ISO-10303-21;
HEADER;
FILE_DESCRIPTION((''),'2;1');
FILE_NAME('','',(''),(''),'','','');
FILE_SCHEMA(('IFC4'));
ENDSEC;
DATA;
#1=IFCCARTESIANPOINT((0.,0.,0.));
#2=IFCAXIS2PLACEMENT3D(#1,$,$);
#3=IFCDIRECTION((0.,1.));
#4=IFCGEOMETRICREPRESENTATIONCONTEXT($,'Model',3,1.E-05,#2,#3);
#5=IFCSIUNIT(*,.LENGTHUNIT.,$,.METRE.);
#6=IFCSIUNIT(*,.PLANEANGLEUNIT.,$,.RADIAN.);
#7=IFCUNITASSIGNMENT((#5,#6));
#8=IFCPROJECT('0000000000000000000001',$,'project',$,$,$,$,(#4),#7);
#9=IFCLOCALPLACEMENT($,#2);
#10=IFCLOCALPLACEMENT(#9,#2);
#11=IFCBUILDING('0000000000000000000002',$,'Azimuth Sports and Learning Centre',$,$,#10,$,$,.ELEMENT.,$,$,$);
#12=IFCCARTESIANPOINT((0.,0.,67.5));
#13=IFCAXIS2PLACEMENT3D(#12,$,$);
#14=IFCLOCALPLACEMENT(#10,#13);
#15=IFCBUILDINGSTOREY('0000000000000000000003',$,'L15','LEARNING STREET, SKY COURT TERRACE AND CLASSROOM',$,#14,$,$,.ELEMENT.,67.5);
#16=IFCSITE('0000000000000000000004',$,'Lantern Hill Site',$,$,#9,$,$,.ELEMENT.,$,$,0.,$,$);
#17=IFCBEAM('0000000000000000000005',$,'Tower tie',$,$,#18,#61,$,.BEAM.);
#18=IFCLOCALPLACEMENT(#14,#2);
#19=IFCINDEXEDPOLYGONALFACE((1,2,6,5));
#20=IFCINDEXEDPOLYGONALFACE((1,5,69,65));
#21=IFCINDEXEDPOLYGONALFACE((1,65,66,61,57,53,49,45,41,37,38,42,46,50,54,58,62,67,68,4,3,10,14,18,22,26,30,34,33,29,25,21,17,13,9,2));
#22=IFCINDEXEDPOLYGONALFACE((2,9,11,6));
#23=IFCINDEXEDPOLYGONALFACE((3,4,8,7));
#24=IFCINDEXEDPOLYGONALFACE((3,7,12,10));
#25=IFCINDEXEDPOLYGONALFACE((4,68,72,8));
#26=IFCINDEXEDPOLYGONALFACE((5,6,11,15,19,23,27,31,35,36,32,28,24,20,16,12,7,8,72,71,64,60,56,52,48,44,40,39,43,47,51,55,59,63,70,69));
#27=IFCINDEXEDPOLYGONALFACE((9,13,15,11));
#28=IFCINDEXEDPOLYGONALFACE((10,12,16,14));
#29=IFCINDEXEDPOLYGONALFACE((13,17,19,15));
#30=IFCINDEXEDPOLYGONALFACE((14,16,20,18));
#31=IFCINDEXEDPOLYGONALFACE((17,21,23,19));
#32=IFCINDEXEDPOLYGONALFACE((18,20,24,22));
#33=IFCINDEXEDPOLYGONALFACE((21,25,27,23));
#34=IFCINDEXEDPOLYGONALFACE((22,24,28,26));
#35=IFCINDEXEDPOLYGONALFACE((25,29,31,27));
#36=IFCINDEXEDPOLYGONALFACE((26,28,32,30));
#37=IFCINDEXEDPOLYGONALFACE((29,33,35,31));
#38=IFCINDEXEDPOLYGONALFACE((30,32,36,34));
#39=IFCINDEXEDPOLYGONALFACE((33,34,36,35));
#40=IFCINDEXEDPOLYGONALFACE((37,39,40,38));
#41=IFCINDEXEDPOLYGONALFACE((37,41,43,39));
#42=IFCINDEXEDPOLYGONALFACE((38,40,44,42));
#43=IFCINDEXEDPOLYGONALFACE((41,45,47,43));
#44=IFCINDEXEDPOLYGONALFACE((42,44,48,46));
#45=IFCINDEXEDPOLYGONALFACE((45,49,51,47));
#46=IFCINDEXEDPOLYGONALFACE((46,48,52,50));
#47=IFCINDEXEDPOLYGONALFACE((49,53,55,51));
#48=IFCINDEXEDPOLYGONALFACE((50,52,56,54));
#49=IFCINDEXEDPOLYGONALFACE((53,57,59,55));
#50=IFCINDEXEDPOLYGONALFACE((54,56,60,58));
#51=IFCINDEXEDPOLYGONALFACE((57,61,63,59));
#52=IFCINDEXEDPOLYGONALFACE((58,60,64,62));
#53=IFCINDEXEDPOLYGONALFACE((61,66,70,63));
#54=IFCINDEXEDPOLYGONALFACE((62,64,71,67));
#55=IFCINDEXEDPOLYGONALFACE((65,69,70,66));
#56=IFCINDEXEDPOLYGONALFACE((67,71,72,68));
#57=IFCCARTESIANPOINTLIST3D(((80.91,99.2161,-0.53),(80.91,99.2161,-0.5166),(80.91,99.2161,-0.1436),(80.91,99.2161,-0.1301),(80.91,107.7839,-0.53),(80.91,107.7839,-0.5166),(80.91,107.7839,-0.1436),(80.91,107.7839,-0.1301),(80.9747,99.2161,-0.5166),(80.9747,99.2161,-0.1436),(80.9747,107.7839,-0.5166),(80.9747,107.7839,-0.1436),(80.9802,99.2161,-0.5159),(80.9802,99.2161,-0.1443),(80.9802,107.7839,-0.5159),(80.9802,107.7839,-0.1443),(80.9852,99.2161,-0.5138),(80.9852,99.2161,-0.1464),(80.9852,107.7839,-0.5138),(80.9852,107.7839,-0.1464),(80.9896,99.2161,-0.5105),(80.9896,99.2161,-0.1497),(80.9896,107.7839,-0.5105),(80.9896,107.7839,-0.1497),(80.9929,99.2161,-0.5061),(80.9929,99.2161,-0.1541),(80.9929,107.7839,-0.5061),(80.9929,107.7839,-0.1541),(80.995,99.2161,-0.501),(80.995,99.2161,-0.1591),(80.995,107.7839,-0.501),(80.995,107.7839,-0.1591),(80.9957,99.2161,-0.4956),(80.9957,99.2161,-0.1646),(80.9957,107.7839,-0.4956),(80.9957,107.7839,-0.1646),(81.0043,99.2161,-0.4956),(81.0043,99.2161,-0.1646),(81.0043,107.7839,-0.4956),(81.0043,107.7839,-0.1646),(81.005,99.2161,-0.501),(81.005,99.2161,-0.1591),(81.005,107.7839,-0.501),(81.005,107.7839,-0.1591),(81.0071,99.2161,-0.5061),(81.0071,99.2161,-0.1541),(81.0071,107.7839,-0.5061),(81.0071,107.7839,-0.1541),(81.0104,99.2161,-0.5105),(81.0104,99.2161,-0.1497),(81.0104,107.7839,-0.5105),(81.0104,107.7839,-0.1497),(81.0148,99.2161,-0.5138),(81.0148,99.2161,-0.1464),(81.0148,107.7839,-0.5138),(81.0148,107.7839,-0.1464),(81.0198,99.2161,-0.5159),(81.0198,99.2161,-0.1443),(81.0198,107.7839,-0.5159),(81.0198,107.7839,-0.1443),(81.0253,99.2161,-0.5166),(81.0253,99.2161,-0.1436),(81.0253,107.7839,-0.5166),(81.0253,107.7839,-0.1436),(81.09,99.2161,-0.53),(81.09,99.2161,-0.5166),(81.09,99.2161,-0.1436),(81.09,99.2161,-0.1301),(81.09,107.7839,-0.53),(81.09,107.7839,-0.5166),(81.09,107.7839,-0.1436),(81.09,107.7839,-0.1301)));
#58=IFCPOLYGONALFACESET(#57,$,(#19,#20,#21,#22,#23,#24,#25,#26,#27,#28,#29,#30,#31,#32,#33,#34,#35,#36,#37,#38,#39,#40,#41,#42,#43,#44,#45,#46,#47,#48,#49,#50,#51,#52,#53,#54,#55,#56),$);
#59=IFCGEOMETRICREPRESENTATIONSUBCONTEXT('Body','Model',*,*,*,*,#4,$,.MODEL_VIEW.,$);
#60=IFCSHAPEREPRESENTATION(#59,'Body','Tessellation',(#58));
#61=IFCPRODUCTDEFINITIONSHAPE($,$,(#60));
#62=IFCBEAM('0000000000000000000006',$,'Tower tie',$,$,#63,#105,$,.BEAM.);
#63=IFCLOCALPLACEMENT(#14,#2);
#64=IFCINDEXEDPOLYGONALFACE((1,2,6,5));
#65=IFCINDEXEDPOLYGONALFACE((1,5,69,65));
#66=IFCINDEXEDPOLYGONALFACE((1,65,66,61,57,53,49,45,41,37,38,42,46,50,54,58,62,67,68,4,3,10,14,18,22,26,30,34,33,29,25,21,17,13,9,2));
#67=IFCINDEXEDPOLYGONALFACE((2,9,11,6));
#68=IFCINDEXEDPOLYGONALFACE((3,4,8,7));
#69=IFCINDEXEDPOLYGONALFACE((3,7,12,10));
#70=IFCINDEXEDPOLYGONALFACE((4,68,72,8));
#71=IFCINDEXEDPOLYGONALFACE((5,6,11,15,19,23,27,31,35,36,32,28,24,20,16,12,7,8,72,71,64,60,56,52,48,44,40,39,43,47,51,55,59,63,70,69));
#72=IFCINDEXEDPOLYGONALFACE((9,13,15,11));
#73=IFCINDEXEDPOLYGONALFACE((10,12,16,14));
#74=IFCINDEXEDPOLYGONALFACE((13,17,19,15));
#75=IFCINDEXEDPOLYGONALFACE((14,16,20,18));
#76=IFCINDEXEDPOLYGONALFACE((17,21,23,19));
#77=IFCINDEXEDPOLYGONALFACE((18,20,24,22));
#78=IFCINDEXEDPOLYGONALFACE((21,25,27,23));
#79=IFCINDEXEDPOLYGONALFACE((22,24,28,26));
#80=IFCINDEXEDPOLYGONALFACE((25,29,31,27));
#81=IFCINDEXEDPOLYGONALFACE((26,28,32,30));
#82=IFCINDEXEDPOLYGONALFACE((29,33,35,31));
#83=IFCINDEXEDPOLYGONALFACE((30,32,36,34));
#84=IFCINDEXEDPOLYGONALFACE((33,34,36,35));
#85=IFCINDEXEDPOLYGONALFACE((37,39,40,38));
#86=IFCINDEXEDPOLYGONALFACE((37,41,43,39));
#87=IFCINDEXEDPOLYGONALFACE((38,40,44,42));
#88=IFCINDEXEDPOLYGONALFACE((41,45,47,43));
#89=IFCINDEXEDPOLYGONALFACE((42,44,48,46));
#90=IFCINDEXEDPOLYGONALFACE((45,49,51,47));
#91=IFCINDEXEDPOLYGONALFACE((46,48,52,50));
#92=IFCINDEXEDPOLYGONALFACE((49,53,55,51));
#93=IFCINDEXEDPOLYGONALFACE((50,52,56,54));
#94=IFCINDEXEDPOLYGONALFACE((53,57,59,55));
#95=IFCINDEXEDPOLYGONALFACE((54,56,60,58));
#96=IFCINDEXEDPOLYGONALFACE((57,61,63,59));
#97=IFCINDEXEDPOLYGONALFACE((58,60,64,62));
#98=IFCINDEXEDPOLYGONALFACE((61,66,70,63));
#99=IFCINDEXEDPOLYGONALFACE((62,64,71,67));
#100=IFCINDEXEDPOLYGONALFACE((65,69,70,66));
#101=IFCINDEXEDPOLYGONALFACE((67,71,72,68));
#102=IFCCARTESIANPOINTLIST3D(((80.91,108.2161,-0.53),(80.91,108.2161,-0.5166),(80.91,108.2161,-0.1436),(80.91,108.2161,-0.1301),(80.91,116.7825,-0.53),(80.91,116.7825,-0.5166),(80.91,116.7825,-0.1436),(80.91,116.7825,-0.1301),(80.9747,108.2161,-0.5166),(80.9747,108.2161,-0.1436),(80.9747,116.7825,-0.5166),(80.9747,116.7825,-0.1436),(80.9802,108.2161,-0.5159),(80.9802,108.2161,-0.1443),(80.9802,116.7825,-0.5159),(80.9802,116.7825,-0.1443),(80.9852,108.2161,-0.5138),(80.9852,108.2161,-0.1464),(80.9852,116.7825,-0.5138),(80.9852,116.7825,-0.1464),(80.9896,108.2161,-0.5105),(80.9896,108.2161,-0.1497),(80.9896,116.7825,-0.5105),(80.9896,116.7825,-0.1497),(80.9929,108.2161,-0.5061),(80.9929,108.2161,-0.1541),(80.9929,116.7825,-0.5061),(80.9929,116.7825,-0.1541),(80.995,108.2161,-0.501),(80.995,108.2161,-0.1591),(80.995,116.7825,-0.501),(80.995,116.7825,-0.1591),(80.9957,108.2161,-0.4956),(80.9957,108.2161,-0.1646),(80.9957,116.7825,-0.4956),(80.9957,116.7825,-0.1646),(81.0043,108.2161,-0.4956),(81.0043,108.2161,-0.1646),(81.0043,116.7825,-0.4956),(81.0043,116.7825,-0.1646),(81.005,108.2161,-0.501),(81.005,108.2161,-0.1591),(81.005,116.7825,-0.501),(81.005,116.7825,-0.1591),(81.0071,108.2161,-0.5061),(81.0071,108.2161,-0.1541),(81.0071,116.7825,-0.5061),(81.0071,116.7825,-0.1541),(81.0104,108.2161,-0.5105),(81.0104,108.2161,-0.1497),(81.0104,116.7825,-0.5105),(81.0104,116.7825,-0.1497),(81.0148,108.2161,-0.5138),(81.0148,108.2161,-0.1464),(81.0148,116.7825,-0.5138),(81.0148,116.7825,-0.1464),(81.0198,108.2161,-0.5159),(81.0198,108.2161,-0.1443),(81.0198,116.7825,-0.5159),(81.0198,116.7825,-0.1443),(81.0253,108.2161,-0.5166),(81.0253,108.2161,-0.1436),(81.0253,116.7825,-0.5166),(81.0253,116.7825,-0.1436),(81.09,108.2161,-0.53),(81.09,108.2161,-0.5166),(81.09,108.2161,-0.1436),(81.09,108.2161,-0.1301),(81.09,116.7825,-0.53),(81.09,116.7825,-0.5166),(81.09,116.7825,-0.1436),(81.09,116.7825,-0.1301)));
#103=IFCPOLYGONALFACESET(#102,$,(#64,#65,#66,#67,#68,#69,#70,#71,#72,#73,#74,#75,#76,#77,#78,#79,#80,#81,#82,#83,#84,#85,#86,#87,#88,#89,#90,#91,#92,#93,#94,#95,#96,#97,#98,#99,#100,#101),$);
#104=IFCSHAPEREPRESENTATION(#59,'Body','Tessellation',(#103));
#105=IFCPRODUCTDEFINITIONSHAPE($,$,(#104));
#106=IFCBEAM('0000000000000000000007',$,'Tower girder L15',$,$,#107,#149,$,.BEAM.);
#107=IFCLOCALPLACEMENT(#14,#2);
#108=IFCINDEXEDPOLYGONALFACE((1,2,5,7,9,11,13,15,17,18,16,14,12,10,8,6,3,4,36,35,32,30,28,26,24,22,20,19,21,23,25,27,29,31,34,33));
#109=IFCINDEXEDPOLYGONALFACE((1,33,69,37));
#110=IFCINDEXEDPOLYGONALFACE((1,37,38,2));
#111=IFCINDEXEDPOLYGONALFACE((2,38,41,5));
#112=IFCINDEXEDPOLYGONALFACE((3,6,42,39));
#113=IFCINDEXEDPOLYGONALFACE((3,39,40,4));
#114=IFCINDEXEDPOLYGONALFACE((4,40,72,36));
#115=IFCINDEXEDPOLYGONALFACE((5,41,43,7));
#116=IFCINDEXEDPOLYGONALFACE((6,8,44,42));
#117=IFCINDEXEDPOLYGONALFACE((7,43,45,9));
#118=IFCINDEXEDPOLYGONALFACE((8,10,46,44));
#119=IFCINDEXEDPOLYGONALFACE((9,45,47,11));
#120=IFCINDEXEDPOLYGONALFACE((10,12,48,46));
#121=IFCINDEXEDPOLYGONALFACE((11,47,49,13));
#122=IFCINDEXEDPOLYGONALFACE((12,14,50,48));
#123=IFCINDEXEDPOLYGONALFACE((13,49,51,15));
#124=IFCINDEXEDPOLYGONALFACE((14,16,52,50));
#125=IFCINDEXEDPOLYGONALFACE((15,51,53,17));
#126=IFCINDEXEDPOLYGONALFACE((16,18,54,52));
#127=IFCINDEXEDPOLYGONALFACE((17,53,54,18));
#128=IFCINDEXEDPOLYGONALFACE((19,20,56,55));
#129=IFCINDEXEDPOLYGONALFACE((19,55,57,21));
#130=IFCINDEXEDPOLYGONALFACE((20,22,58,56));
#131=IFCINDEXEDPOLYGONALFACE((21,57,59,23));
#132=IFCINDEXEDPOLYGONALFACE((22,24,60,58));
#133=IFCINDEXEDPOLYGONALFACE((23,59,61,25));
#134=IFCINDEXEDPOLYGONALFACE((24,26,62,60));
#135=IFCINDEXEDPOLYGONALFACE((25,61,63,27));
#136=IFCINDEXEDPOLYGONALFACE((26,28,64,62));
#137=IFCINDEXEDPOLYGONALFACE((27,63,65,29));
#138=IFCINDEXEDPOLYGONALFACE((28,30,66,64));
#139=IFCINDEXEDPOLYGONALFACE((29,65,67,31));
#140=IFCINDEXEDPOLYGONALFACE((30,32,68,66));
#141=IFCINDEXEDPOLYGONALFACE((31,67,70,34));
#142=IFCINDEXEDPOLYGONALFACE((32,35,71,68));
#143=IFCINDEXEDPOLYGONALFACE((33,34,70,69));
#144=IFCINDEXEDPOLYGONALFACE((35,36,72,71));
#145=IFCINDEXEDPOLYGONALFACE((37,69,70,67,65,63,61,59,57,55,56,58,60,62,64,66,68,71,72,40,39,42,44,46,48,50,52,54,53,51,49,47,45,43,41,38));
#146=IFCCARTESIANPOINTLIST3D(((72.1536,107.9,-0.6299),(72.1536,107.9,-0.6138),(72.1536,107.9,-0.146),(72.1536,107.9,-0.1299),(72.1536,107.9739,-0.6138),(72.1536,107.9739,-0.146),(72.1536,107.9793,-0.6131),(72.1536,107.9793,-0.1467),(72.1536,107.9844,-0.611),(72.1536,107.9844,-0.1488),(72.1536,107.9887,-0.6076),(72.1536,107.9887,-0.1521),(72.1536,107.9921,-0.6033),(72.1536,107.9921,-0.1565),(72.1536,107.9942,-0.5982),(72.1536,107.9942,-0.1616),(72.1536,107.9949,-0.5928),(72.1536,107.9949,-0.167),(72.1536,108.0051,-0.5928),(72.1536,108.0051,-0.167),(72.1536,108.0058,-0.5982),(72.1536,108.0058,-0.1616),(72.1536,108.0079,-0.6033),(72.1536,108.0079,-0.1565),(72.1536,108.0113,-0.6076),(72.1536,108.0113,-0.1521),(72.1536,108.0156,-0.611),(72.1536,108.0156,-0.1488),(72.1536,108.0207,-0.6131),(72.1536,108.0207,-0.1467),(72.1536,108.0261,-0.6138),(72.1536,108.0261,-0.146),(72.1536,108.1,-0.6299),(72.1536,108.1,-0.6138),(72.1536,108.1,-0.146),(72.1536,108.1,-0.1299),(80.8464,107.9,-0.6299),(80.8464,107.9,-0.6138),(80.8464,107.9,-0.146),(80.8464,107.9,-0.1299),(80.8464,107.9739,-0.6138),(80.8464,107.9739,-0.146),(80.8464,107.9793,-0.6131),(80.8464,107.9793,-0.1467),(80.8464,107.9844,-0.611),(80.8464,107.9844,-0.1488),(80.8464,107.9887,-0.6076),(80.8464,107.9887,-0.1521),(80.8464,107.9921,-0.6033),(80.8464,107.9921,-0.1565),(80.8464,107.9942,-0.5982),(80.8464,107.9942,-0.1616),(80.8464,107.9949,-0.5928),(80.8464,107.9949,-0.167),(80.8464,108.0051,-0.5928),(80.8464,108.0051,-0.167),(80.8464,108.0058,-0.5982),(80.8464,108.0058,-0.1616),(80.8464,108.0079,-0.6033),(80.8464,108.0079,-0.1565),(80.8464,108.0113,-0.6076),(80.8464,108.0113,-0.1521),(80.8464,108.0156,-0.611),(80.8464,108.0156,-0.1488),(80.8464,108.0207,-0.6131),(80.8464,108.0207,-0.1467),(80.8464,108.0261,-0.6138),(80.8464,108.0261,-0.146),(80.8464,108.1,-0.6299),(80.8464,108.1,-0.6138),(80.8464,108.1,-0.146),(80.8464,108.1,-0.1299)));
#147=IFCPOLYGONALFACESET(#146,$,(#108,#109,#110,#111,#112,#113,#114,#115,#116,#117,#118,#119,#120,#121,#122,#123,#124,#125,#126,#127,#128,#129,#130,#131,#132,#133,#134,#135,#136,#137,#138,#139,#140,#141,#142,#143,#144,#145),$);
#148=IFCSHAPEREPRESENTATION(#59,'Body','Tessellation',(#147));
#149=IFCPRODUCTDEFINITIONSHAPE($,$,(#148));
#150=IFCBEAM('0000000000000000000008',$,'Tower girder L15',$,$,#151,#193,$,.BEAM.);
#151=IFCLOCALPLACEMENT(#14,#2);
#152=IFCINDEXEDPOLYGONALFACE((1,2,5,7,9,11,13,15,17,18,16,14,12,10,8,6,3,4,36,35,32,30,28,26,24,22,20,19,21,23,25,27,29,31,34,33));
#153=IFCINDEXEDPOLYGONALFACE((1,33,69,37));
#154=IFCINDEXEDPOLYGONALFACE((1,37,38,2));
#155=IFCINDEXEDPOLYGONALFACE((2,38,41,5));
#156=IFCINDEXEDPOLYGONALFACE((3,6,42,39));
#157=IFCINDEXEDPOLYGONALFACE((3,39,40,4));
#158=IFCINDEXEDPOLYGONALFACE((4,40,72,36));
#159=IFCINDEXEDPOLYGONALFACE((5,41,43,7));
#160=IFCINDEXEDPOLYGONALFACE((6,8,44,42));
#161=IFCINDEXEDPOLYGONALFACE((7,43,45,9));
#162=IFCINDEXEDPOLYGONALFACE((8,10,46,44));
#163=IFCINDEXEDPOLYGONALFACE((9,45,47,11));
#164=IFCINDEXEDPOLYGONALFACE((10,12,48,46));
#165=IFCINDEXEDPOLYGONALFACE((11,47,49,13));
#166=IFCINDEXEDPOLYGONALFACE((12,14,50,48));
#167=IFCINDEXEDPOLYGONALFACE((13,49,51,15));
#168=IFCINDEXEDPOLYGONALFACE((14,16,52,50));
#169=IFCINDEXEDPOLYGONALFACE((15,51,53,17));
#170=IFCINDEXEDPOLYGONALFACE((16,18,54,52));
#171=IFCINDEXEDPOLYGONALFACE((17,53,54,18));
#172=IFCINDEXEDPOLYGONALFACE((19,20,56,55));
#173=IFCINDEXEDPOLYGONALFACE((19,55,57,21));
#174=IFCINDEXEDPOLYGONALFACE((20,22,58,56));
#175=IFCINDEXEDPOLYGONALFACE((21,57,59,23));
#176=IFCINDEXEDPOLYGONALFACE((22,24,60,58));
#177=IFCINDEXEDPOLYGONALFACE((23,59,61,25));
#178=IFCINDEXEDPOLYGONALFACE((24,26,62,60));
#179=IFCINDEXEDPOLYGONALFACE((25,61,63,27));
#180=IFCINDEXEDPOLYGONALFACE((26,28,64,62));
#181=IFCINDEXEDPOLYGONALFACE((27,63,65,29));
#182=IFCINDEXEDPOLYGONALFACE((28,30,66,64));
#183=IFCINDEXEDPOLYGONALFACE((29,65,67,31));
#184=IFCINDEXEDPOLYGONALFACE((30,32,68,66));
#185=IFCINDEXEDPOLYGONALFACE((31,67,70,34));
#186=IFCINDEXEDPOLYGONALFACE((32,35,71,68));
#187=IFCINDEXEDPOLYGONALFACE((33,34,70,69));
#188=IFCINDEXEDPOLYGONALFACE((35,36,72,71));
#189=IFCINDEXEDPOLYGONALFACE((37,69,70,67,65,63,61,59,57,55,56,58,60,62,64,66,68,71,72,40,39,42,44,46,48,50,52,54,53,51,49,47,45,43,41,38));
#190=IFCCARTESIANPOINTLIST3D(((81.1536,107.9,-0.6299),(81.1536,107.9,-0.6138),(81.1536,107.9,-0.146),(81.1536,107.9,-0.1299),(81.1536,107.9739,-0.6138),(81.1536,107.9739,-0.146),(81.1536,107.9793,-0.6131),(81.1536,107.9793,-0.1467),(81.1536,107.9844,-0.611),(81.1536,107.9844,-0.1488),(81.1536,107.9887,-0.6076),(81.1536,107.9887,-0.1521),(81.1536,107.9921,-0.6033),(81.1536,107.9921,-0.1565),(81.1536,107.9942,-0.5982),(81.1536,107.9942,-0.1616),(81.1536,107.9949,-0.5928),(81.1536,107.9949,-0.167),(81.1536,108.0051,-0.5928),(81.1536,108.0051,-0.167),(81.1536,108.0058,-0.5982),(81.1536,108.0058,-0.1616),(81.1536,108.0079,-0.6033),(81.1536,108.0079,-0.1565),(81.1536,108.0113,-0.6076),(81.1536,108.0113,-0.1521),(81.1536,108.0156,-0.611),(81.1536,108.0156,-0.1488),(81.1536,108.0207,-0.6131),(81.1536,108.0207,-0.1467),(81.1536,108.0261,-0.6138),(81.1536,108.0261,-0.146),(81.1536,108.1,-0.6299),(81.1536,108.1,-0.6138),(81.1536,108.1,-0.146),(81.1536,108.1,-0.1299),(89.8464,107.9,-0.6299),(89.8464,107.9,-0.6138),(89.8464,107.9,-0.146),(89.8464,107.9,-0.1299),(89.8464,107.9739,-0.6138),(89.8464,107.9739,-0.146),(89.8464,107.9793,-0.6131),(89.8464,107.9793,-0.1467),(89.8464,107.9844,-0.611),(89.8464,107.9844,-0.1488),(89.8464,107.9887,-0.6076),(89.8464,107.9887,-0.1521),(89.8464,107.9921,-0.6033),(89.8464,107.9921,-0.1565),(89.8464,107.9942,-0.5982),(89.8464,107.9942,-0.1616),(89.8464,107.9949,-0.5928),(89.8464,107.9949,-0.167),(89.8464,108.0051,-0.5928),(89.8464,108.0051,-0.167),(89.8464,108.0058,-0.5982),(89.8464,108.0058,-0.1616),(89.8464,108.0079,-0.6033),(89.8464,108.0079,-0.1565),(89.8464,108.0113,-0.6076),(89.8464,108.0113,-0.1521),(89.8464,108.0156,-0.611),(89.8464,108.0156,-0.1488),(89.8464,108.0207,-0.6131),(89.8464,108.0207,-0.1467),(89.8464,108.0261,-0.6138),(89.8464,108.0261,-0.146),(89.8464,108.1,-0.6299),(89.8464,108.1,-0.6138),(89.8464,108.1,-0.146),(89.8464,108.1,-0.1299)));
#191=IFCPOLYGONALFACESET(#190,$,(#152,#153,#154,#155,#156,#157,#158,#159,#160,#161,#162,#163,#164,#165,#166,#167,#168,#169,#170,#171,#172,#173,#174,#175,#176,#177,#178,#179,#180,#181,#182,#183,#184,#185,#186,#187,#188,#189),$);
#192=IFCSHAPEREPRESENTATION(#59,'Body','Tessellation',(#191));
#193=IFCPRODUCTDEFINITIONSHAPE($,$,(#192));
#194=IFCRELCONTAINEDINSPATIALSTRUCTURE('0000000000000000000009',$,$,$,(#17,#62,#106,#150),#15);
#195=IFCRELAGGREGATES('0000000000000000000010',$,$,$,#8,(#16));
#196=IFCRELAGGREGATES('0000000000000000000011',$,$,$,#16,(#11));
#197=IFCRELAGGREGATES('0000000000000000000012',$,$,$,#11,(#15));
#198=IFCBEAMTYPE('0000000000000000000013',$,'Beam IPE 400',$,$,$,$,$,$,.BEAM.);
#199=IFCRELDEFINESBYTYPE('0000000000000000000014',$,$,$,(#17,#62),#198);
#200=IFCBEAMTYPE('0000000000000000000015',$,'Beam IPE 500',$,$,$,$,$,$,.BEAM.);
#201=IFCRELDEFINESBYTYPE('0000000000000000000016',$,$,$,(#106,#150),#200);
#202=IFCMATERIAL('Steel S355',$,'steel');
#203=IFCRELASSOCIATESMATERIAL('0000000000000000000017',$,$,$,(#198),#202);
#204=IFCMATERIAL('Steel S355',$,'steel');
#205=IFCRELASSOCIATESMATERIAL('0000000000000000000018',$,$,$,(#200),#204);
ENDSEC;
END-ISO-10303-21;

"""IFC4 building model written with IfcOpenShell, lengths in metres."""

from ifc_helpers import new_model, si_unit, direction, frame, origin, origin_2d, place, context, subcontext, project, spatial, i_section, extrude, material, material_profile, profile_set, type_object, element, save


model = new_model("IFC4")

# Units and contexts
model_context = context("Model", 3, precision=1e-05, world=origin(), true_north=direction((0.0, 1.0)))
body_context = subcontext(model_context, "Body", "Model", "MODEL_VIEW")
ifc_project = project(units=[si_unit("LENGTHUNIT", "METRE"), si_unit("PLANEANGLEUNIT", "RADIAN")], contexts=[model_context])

# Site, building, storey
site_placement = place(None, origin())
site = spatial("IfcSite", under=ifc_project, at=site_placement, Name="Lantern Hill Site", CompositionType="ELEMENT", RefElevation=0.0)
building_placement = place(site_placement, origin())
building = spatial("IfcBuilding", under=site, at=building_placement, Name="Azimuth Sports and Learning Centre", CompositionType="ELEMENT")
storey_placement = place(building_placement, frame((0.0, 0.0, 67.5)))
storey = spatial("IfcBuildingStorey", under=building, at=storey_placement, Name="L15", Description="LEARNING STREET, SKY COURT TERRACE AND CLASSROOM", CompositionType="ELEMENT", Elevation=67.5)

# Beams
ifc_material_1 = material(Name="Steel S355", Category="steel")
ifc_material_profile_1 = material_profile(ifc_material_1, i_section(OverallWidth=0.1799, OverallDepth=0.3999, WebThickness=0.0085, FlangeThickness=0.0134, FilletRadius=0.021, at=origin_2d()), Name="IPE 400")
ifc_profile_set_1 = profile_set([ifc_material_profile_1], Name="Steel S355")
beam_type_1 = type_object("IfcBeamType", Name="Beam IPE 400", PredefinedType="BEAM", material=ifc_profile_set_1)
beam_1_placement = place(storey_placement, frame((81.0, 99.2161, -0.3301), z_axis=(0.0, 1.0, 0.0), x_axis=(-1.0, 0.0, 0.0)))
element("IfcBeam", 1, at=beam_1_placement, inside=storey, type_object=beam_type_1, Name="Tower tie", PredefinedType="BEAM", context=body_context, shape_type="SweptSolid", body=[
    extrude(i_section(OverallWidth=0.1799, OverallDepth=0.3999, WebThickness=0.0085, FlangeThickness=0.0134, FilletRadius=0.021, at=origin_2d()), origin(), (0.0, 0.0, 1.0), 8.5679),
])
beam_2_placement = place(storey_placement, frame((81.0, 108.2161, -0.3301), z_axis=(0.0, 1.0, 0.0), x_axis=(-1.0, 0.0, 0.0)))
element("IfcBeam", 2, at=beam_2_placement, inside=storey, type_object=beam_type_1, Name="Tower tie", PredefinedType="BEAM", context=body_context, shape_type="SweptSolid", body=[
    extrude(i_section(OverallWidth=0.1799, OverallDepth=0.3999, WebThickness=0.0085, FlangeThickness=0.0134, FilletRadius=0.021, at=origin_2d()), origin(), (0.0, 0.0, 1.0), 8.5664),
])
ifc_material_2 = material(Name="Steel S355", Category="steel")
ifc_material_profile_2 = material_profile(ifc_material_2, i_section(OverallWidth=0.2, OverallDepth=0.5, WebThickness=0.0103, FlangeThickness=0.0161, FilletRadius=0.021, at=origin_2d()), Name="IPE 500")
ifc_profile_set_2 = profile_set([ifc_material_profile_2], Name="Steel S355")
beam_type_2 = type_object("IfcBeamType", Name="Beam IPE 500", PredefinedType="BEAM", material=ifc_profile_set_2)
for number, where, z_axis, x_axis, name in (
    (3, (72.1536, 108.0, -0.3799), (1.0, 0.0, 0.0), (0.0, 1.0, 0.0), "Tower girder L15"),
    (4, (81.1536, 108.0, -0.3799), (1.0, 0.0, 0.0), (0.0, 1.0, 0.0), "Tower girder L15"),
):
    element("IfcBeam", number, at=place(storey_placement, frame(where, z_axis=z_axis, x_axis=x_axis)), inside=storey, type_object=beam_type_2, Name=name, PredefinedType="BEAM", context=body_context, shape_type="SweptSolid", body=[
        extrude(i_section(OverallWidth=0.2, OverallDepth=0.5, WebThickness=0.0103, FlangeThickness=0.0161, FilletRadius=0.021, at=origin_2d()), origin(), (0.0, 0.0, 1.0), 8.6929),
    ])

save(model, "model.ifc")
